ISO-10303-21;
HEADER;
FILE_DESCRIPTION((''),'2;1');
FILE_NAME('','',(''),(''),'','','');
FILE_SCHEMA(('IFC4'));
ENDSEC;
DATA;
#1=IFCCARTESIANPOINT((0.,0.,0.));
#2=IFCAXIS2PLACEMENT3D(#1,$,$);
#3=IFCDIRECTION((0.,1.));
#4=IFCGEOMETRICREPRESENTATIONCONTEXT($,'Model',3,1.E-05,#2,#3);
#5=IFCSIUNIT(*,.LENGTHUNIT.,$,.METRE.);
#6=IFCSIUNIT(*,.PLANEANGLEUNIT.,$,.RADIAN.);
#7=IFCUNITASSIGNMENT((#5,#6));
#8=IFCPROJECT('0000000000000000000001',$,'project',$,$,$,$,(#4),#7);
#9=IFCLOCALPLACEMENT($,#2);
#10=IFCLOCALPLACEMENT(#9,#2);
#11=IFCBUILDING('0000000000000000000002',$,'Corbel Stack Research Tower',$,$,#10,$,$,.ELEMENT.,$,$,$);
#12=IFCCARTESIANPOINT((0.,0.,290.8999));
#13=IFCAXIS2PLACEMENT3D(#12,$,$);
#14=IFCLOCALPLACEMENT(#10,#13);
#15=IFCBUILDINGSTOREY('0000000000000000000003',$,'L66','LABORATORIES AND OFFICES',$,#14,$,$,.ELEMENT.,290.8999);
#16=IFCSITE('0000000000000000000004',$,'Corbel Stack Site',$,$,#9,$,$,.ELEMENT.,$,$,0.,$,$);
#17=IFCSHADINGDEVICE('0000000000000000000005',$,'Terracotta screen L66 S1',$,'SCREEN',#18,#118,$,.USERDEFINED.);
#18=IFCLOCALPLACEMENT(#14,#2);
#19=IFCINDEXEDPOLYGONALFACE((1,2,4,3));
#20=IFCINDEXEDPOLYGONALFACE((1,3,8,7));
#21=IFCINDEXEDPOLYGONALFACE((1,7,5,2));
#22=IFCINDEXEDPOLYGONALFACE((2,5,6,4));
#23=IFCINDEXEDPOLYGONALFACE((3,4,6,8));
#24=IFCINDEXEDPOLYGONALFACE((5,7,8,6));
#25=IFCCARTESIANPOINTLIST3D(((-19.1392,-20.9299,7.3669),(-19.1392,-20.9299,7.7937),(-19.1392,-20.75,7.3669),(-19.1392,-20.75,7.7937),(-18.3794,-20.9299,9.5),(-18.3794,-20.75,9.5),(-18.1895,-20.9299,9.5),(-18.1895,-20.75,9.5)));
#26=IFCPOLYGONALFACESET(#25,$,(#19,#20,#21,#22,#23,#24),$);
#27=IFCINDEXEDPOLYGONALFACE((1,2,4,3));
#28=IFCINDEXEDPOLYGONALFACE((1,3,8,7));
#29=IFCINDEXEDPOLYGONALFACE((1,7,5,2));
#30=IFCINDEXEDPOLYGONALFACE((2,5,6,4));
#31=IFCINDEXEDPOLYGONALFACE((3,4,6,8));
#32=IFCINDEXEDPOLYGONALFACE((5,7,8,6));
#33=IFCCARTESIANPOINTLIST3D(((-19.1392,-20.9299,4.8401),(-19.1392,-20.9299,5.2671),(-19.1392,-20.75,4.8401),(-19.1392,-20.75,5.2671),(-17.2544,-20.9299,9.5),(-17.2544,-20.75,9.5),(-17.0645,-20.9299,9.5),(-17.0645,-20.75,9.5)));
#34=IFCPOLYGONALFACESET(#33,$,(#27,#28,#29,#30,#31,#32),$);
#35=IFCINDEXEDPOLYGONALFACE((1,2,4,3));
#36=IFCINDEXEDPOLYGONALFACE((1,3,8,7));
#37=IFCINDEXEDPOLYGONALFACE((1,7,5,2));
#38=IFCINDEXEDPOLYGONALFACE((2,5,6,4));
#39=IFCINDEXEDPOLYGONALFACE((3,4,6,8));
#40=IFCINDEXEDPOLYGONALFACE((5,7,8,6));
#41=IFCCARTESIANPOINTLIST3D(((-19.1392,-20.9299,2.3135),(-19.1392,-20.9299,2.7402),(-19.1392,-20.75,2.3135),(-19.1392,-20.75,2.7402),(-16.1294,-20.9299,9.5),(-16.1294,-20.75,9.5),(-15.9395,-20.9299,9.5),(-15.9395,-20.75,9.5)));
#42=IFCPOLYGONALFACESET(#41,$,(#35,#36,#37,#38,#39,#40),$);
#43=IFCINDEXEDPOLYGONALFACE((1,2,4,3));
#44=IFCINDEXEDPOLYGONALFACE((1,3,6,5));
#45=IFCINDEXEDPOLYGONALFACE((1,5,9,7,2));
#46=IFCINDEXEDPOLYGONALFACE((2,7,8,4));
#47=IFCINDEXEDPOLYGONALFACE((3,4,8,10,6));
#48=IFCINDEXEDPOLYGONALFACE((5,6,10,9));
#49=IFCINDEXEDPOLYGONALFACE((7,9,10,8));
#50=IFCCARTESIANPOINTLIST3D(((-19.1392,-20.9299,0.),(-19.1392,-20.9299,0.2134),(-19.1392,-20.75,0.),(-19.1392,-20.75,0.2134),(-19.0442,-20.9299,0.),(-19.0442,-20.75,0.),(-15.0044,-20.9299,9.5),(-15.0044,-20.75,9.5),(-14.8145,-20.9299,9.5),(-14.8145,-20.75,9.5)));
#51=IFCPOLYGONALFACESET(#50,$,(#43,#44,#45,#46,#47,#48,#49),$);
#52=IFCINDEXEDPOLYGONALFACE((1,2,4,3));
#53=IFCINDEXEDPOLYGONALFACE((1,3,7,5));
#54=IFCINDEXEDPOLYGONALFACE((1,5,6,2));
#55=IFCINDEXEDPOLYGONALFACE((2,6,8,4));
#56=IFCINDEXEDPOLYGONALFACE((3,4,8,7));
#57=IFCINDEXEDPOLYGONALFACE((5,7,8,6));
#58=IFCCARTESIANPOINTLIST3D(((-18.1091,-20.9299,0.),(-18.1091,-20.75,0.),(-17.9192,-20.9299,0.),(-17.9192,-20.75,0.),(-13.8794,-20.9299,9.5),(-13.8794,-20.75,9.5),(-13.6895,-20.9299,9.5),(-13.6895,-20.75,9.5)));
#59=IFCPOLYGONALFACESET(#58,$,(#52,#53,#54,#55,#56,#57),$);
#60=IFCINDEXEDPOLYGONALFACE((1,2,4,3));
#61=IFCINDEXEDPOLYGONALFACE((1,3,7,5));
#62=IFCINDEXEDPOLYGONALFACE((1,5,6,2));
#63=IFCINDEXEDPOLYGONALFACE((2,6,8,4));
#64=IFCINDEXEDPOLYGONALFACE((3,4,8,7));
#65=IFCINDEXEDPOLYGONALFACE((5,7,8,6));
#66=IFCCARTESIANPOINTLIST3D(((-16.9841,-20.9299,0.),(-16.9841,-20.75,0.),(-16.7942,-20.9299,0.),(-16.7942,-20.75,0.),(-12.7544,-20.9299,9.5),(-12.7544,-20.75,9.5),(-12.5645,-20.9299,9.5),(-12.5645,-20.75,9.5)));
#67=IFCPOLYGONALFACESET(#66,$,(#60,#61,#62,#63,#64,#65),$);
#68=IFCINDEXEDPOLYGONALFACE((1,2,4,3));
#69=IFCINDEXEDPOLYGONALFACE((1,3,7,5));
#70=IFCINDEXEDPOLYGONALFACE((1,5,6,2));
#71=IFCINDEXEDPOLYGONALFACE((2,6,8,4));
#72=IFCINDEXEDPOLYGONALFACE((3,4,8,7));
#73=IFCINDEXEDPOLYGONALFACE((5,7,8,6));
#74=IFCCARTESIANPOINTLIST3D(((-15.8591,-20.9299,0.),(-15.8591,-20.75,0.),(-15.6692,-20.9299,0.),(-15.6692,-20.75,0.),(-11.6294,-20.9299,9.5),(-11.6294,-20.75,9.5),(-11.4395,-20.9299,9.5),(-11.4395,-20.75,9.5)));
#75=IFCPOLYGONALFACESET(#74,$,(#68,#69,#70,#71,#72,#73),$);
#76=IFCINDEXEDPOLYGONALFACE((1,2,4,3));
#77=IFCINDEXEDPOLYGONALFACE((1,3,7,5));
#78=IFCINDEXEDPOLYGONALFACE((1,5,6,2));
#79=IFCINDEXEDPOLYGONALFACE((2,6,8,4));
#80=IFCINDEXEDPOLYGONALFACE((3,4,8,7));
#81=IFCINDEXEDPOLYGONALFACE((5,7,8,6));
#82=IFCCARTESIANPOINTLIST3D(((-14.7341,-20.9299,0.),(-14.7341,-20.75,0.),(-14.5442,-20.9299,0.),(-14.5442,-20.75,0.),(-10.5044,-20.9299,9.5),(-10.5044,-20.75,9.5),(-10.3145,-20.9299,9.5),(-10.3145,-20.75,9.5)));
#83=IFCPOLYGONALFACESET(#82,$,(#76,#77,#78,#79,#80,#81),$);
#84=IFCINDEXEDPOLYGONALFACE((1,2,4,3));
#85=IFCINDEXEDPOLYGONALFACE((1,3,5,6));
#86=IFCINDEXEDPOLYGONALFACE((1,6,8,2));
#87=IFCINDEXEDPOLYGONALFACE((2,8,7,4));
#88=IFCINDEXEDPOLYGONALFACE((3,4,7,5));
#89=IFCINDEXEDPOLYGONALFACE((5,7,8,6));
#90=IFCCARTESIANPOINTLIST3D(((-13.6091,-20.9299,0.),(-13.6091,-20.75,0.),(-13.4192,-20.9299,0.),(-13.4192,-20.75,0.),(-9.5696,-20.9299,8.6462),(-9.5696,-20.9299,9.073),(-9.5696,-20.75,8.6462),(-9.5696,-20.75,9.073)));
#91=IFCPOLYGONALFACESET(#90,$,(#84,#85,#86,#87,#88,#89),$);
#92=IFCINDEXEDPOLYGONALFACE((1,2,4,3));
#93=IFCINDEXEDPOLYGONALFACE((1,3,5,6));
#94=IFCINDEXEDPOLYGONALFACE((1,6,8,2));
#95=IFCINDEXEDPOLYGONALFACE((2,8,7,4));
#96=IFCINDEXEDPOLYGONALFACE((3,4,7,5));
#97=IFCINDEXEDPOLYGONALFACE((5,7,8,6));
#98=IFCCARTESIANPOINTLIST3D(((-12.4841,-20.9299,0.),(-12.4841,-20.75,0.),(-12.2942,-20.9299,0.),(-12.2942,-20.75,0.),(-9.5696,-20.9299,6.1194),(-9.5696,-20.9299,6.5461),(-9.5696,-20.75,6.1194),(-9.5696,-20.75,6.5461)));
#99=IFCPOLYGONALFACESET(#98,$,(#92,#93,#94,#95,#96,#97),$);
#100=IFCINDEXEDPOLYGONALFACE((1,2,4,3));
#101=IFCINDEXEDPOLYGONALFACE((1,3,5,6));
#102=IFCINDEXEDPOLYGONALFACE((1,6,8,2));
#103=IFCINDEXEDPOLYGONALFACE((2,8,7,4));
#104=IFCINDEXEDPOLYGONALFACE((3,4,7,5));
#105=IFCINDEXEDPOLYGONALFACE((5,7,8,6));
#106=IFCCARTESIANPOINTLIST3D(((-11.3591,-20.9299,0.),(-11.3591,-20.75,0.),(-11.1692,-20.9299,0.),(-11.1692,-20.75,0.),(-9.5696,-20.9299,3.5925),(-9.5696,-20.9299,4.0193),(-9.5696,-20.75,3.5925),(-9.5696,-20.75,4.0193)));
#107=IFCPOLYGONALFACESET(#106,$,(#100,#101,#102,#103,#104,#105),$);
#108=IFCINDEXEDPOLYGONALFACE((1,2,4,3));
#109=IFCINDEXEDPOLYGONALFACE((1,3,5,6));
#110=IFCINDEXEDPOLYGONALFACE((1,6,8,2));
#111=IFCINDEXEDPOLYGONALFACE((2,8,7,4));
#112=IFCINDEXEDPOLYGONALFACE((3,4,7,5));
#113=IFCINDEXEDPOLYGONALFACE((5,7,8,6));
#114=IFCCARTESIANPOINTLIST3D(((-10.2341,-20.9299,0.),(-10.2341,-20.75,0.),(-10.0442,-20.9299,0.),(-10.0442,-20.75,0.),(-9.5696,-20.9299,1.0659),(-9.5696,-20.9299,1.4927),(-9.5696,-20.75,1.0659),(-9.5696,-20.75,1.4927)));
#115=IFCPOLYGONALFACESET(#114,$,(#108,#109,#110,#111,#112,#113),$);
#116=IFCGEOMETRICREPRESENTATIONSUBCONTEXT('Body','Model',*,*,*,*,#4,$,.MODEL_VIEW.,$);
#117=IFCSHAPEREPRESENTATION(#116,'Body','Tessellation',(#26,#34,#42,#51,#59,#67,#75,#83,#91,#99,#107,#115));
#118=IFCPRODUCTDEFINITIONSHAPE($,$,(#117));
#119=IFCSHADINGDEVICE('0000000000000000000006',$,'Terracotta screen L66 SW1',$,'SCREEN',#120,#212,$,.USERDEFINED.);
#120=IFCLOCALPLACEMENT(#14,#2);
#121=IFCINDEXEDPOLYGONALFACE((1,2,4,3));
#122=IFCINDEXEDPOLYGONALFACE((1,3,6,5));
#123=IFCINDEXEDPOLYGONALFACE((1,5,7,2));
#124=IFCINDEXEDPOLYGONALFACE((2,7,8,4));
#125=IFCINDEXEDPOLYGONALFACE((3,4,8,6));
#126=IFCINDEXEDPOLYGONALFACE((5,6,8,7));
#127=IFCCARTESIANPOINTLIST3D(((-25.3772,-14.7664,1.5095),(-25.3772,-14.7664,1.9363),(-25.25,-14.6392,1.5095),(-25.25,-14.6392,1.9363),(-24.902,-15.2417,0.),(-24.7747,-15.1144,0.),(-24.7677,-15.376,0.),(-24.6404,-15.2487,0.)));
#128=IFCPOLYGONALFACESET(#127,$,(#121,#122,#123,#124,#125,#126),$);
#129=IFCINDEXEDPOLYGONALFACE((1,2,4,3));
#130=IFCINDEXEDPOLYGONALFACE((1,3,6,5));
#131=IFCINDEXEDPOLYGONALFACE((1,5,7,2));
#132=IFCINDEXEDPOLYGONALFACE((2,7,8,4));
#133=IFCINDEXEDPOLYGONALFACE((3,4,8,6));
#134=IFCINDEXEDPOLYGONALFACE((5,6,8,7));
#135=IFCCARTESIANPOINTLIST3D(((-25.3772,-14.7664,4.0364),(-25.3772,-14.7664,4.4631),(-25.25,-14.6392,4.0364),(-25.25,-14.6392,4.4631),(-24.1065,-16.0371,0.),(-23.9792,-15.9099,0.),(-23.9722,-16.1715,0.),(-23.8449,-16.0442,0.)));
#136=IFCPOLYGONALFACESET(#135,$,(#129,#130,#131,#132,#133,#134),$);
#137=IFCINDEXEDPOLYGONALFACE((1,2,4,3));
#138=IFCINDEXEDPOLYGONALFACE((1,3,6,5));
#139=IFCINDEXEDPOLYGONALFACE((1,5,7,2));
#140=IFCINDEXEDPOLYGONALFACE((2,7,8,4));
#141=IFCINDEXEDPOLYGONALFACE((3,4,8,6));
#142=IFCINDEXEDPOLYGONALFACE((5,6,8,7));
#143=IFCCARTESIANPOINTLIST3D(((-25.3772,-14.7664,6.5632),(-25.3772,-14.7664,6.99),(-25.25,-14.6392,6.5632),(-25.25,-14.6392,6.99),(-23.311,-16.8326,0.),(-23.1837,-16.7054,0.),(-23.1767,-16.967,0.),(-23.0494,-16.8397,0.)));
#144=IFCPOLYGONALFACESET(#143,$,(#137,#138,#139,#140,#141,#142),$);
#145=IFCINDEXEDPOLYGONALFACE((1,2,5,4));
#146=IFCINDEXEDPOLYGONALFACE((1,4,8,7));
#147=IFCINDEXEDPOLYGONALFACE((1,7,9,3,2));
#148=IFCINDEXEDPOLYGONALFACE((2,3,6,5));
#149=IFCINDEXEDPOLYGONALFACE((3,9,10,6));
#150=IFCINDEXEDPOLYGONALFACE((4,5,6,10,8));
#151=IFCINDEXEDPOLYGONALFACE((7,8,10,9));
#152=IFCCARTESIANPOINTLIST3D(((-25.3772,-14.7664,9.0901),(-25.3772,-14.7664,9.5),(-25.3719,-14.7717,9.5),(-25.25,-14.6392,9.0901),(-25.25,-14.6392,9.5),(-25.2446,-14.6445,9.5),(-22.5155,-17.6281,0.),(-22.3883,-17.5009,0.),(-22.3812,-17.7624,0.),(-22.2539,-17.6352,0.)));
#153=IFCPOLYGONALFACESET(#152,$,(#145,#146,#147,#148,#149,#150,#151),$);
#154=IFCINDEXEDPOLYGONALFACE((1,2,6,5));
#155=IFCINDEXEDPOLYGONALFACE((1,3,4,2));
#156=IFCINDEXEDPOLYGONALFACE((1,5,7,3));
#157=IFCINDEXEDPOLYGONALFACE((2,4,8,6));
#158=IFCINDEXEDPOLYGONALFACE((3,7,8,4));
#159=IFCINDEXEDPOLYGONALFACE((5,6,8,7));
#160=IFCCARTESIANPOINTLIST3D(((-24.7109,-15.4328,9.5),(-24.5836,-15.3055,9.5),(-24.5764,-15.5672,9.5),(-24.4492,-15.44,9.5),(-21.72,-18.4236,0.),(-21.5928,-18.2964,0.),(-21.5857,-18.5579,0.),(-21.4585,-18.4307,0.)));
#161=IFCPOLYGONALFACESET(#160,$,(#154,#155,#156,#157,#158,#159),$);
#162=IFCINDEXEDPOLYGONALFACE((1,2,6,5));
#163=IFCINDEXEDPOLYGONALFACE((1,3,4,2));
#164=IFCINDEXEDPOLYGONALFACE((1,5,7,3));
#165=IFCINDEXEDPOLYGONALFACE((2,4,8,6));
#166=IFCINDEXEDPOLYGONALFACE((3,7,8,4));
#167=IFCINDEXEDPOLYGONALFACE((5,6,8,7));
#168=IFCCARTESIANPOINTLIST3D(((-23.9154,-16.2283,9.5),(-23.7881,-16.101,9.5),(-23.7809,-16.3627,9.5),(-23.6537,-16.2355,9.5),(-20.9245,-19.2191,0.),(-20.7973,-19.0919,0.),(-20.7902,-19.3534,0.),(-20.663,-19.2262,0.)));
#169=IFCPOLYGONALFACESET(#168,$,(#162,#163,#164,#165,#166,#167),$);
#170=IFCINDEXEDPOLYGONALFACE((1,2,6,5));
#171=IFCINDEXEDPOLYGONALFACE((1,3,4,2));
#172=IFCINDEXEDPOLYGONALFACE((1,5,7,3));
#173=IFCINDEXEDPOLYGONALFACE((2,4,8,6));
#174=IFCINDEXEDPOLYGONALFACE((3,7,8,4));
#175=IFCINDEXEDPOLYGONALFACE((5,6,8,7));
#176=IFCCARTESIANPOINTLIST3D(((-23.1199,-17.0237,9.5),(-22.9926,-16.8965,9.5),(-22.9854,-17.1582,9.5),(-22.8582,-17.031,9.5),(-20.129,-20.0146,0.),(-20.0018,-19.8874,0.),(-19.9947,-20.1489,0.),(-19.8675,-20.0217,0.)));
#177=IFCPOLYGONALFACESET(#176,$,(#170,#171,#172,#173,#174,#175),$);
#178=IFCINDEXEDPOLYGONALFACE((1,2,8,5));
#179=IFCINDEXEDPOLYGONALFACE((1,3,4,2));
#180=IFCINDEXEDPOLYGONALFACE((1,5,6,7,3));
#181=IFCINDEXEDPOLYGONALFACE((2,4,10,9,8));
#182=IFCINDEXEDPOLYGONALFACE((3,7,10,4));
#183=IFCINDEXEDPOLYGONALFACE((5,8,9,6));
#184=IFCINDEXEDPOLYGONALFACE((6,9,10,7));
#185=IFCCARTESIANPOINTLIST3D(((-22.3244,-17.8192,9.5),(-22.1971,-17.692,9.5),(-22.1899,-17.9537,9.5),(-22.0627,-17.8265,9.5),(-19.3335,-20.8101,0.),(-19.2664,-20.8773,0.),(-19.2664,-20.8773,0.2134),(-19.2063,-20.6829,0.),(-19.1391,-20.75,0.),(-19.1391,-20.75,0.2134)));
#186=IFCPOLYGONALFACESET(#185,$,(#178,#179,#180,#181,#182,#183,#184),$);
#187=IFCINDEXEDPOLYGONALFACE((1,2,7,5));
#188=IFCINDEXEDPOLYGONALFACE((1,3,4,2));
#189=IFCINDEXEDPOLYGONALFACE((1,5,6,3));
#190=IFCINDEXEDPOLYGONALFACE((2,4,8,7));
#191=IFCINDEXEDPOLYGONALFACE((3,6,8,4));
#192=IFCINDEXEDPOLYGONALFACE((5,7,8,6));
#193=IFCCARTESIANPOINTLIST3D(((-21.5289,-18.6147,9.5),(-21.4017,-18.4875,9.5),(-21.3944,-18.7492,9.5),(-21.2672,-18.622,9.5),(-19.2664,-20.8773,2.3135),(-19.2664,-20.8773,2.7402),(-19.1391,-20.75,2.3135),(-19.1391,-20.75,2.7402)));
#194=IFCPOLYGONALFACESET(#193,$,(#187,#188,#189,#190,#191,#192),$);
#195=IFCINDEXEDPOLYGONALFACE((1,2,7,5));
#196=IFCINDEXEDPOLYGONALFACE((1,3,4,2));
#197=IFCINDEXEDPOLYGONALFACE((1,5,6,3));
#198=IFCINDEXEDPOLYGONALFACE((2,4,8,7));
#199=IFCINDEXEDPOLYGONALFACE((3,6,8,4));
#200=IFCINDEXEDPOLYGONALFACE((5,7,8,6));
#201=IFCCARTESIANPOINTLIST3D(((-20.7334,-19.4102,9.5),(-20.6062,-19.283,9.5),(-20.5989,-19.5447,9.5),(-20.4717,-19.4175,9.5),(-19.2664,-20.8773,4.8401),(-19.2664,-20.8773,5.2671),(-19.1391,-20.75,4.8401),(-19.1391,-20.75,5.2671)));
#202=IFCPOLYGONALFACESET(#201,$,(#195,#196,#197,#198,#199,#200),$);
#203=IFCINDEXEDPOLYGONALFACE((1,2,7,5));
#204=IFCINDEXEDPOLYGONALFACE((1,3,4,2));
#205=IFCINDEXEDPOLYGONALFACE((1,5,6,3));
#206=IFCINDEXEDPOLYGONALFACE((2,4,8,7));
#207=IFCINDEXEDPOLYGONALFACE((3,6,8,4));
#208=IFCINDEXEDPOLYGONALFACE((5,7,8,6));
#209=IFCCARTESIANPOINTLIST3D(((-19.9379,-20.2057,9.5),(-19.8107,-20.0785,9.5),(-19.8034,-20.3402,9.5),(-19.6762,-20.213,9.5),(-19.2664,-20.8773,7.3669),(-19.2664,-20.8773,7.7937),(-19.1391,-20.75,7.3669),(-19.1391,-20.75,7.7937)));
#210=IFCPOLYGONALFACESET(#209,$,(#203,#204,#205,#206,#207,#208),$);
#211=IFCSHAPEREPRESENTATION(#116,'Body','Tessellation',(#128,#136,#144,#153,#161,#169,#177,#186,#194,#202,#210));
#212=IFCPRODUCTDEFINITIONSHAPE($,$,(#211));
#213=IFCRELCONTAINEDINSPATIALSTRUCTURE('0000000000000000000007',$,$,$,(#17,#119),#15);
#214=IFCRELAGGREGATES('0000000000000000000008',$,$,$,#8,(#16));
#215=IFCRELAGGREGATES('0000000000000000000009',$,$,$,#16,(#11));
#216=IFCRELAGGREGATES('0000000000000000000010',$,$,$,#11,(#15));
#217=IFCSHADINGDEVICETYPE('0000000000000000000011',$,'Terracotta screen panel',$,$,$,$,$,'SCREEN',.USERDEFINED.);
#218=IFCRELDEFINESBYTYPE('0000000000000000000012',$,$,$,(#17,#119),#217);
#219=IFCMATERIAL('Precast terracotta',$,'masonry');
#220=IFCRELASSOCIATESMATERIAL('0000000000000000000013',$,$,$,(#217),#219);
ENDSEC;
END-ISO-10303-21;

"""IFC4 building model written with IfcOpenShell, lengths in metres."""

from ifc_helpers import new_model, si_unit, direction, frame, origin, place, context, subcontext, project, spatial, polyline, outline, extrude, source, transform, mapped, material, type_object, element, save


model = new_model("IFC4")

# Units and contexts
model_context = context("Model", 3, precision=1e-05, world=origin(), true_north=direction((0.0, 1.0)))
body_context = subcontext(model_context, "Body", "Model", "MODEL_VIEW")
ifc_project = project(units=[si_unit("LENGTHUNIT", "METRE"), si_unit("PLANEANGLEUNIT", "RADIAN")], contexts=[model_context])

# Site, building, storey
site_placement = place(None, origin())
site = spatial("IfcSite", under=ifc_project, at=site_placement, Name="Corbel Stack Site", CompositionType="ELEMENT", RefElevation=0.0)
building_placement = place(site_placement, origin())
building = spatial("IfcBuilding", under=site, at=building_placement, Name="Corbel Stack Research Tower", CompositionType="ELEMENT")
storey_placement = place(building_placement, frame((0.0, 0.0, 290.8999)))
storey = spatial("IfcBuildingStorey", under=building, at=storey_placement, Name="L66", Description="LABORATORIES AND OFFICES", CompositionType="ELEMENT", Elevation=290.8999)

# Shading devices
ifc_material_1 = material(Name="Precast terracotta", Category="masonry")
shading_device_type = type_object("IfcShadingDeviceType", Name="Terracotta screen panel", ElementType="SCREEN", PredefinedType="USERDEFINED", material=ifc_material_1)
shared_shape_1 = source(origin(), body_context, "Body", "SweptSolid", [
    extrude(outline(polyline([(0.9497, 9.5), (0.7598, 9.5), (0.0, 7.7937), (0.0, 7.3669), (0.9497, 9.5)])), frame((0.0, 0.0, 0.0), z_axis=(0.0, -1.0, 0.0), x_axis=(1.0, 0.0, 0.0)), (0.0, 0.0, 1.0), 0.1799),
    extrude(outline(polyline([(2.0747, 9.5), (1.8848, 9.5), (0.0, 5.2671), (0.0, 4.8401), (2.0747, 9.5)])), frame((0.0, 0.0, 0.0), z_axis=(0.0, -1.0, 0.0), x_axis=(1.0, 0.0, 0.0)), (0.0, 0.0, 1.0), 0.1799),
    extrude(outline(polyline([(3.1997, 9.5), (3.0098, 9.5), (0.0, 2.7402), (0.0, 2.3135), (3.1997, 9.5)])), frame((0.0, 0.0, 0.0), z_axis=(0.0, -1.0, 0.0), x_axis=(1.0, 0.0, 0.0)), (0.0, 0.0, 1.0), 0.1799),
    extrude(outline(polyline([(0.095, 0.0), (4.3247, 9.5), (4.1348, 9.5), (0.0, 0.2134), (0.0, 0.0), (0.095, 0.0)])), frame((0.0, 0.0, 0.0), z_axis=(0.0, -1.0, 0.0), x_axis=(1.0, 0.0, 0.0)), (0.0, 0.0, 1.0), 0.1799),
    extrude(outline(polyline([(1.22, 0.0), (5.4497, 9.5), (5.2598, 9.5), (1.03, 0.0), (1.22, 0.0)])), frame((0.0, 0.0, 0.0), z_axis=(0.0, -1.0, 0.0), x_axis=(1.0, 0.0, 0.0)), (0.0, 0.0, 1.0), 0.1799),
    extrude(outline(polyline([(2.345, 0.0), (6.5747, 9.5), (6.3848, 9.5), (2.155, 0.0), (2.345, 0.0)])), frame((0.0, 0.0, 0.0), z_axis=(0.0, -1.0, 0.0), x_axis=(1.0, 0.0, 0.0)), (0.0, 0.0, 1.0), 0.1799),
    extrude(outline(polyline([(3.47, 0.0), (7.6997, 9.5), (7.5098, 9.5), (3.28, 0.0), (3.47, 0.0)])), frame((0.0, 0.0, 0.0), z_axis=(0.0, -1.0, 0.0), x_axis=(1.0, 0.0, 0.0)), (0.0, 0.0, 1.0), 0.1799),
    extrude(outline(polyline([(4.595, 0.0), (8.8247, 9.5), (8.6348, 9.5), (4.405, 0.0), (4.595, 0.0)])), frame((0.0, 0.0, 0.0), z_axis=(0.0, -1.0, 0.0), x_axis=(1.0, 0.0, 0.0)), (0.0, 0.0, 1.0), 0.1799),
    extrude(outline(polyline([(5.72, 0.0), (9.5696, 8.6462), (9.5696, 9.073), (5.53, 0.0), (5.72, 0.0)])), frame((0.0, 0.0, 0.0), z_axis=(0.0, -1.0, 0.0), x_axis=(1.0, 0.0, 0.0)), (0.0, 0.0, 1.0), 0.1799),
    extrude(outline(polyline([(6.845, 0.0), (9.5696, 6.1194), (9.5696, 6.5461), (6.655, 0.0), (6.845, 0.0)])), frame((0.0, 0.0, 0.0), z_axis=(0.0, -1.0, 0.0), x_axis=(1.0, 0.0, 0.0)), (0.0, 0.0, 1.0), 0.1799),
    extrude(outline(polyline([(7.97, 0.0), (9.5696, 3.5925), (9.5696, 4.0193), (7.78, 0.0), (7.97, 0.0)])), frame((0.0, 0.0, 0.0), z_axis=(0.0, -1.0, 0.0), x_axis=(1.0, 0.0, 0.0)), (0.0, 0.0, 1.0), 0.1799),
    extrude(outline(polyline([(9.095, 0.0), (9.5696, 1.0659), (9.5696, 1.4927), (8.905, 0.0), (9.095, 0.0)])), frame((0.0, 0.0, 0.0), z_axis=(0.0, -1.0, 0.0), x_axis=(1.0, 0.0, 0.0)), (0.0, 0.0, 1.0), 0.1799),
])
shading_device_1_placement = place(storey_placement, frame((-19.1392, -20.75, 0.0), z_axis=(0.0, 0.0, 1.0), x_axis=(1.0, 0.0, 0.0)))
element("IfcShadingDevice", 1, at=shading_device_1_placement, inside=storey, type_object=shading_device_type, Name="Terracotta screen L66 S1", ObjectType="SCREEN", PredefinedType="USERDEFINED", context=body_context, shape_type="MappedRepresentation", body=[
    mapped(shared_shape_1, transform((0.0, 0.0, 0.0))),
])
shared_shape_2 = source(origin(), body_context, "Body", "SweptSolid", [
    extrude(outline(polyline([(0.8621, 0.0), (0.0, 1.9363), (0.0, 1.5095), (0.6721, 0.0), (0.8621, 0.0)])), frame((0.0, 0.0, 0.0), z_axis=(0.0, -1.0, 0.0), x_axis=(1.0, 0.0, 0.0)), (0.0, 0.0, 1.0), 0.1799),
    extrude(outline(polyline([(1.9871, 0.0), (0.0, 4.4631), (0.0, 4.0364), (1.7971, 0.0), (1.9871, 0.0)])), frame((0.0, 0.0, 0.0), z_axis=(0.0, -1.0, 0.0), x_axis=(1.0, 0.0, 0.0)), (0.0, 0.0, 1.0), 0.1799),
    extrude(outline(polyline([(3.1121, 0.0), (0.0, 6.99), (0.0, 6.5632), (2.9221, 0.0), (3.1121, 0.0)])), frame((0.0, 0.0, 0.0), z_axis=(0.0, -1.0, 0.0), x_axis=(1.0, 0.0, 0.0)), (0.0, 0.0, 1.0), 0.1799),
    extrude(outline(polyline([(4.2371, 0.0), (0.0076, 9.5), (0.0, 9.5), (0.0, 9.0901), (4.0471, 0.0), (4.2371, 0.0)])), frame((0.0, 0.0, 0.0), z_axis=(0.0, -1.0, 0.0), x_axis=(1.0, 0.0, 0.0)), (0.0, 0.0, 1.0), 0.1799),
    extrude(outline(polyline([(5.3621, 0.0), (1.1326, 9.5), (0.9424, 9.5), (5.1721, 0.0), (5.3621, 0.0)])), frame((0.0, 0.0, 0.0), z_axis=(0.0, -1.0, 0.0), x_axis=(1.0, 0.0, 0.0)), (0.0, 0.0, 1.0), 0.1799),
    extrude(outline(polyline([(6.4871, 0.0), (2.2576, 9.5), (2.0674, 9.5), (6.2971, 0.0), (6.4871, 0.0)])), frame((0.0, 0.0, 0.0), z_axis=(0.0, -1.0, 0.0), x_axis=(1.0, 0.0, 0.0)), (0.0, 0.0, 1.0), 0.1799),
    extrude(outline(polyline([(7.6121, 0.0), (3.3826, 9.5), (3.1924, 9.5), (7.4221, 0.0), (7.6121, 0.0)])), frame((0.0, 0.0, 0.0), z_axis=(0.0, -1.0, 0.0), x_axis=(1.0, 0.0, 0.0)), (0.0, 0.0, 1.0), 0.1799),
    extrude(outline(polyline([(8.6421, 0.0), (8.6421, 0.2134), (4.5076, 9.5), (4.3174, 9.5), (8.5471, 0.0), (8.6421, 0.0)])), frame((0.0, 0.0, 0.0), z_axis=(0.0, -1.0, 0.0), x_axis=(1.0, 0.0, 0.0)), (0.0, 0.0, 1.0), 0.1799),
    extrude(outline(polyline([(5.6326, 9.5), (5.4424, 9.5), (8.6421, 2.3135), (8.6421, 2.7402), (5.6326, 9.5)])), frame((0.0, 0.0, 0.0), z_axis=(0.0, -1.0, 0.0), x_axis=(1.0, 0.0, 0.0)), (0.0, 0.0, 1.0), 0.1799),
    extrude(outline(polyline([(6.7576, 9.5), (6.5674, 9.5), (8.6421, 4.8401), (8.6421, 5.2671), (6.7576, 9.5)])), frame((0.0, 0.0, 0.0), z_axis=(0.0, -1.0, 0.0), x_axis=(1.0, 0.0, 0.0)), (0.0, 0.0, 1.0), 0.1799),
    extrude(outline(polyline([(7.8826, 9.5), (7.6924, 9.5), (8.6421, 7.3669), (8.6421, 7.7937), (7.8826, 9.5)])), frame((0.0, 0.0, 0.0), z_axis=(0.0, -1.0, 0.0), x_axis=(1.0, 0.0, 0.0)), (0.0, 0.0, 1.0), 0.1799),
])
shading_device_2_placement = place(storey_placement, frame((-25.25, -14.6392, 0.0), z_axis=(0.0, 0.0, 1.0), x_axis=(0.707107, -0.707107, 0.0)))
element("IfcShadingDevice", 2, at=shading_device_2_placement, inside=storey, type_object=shading_device_type, Name="Terracotta screen L66 SW1", ObjectType="SCREEN", PredefinedType="USERDEFINED", context=body_context, shape_type="MappedRepresentation", body=[
    mapped(shared_shape_2, transform((0.0, 0.0, 0.0))),
])

save(model, "model.ifc")
